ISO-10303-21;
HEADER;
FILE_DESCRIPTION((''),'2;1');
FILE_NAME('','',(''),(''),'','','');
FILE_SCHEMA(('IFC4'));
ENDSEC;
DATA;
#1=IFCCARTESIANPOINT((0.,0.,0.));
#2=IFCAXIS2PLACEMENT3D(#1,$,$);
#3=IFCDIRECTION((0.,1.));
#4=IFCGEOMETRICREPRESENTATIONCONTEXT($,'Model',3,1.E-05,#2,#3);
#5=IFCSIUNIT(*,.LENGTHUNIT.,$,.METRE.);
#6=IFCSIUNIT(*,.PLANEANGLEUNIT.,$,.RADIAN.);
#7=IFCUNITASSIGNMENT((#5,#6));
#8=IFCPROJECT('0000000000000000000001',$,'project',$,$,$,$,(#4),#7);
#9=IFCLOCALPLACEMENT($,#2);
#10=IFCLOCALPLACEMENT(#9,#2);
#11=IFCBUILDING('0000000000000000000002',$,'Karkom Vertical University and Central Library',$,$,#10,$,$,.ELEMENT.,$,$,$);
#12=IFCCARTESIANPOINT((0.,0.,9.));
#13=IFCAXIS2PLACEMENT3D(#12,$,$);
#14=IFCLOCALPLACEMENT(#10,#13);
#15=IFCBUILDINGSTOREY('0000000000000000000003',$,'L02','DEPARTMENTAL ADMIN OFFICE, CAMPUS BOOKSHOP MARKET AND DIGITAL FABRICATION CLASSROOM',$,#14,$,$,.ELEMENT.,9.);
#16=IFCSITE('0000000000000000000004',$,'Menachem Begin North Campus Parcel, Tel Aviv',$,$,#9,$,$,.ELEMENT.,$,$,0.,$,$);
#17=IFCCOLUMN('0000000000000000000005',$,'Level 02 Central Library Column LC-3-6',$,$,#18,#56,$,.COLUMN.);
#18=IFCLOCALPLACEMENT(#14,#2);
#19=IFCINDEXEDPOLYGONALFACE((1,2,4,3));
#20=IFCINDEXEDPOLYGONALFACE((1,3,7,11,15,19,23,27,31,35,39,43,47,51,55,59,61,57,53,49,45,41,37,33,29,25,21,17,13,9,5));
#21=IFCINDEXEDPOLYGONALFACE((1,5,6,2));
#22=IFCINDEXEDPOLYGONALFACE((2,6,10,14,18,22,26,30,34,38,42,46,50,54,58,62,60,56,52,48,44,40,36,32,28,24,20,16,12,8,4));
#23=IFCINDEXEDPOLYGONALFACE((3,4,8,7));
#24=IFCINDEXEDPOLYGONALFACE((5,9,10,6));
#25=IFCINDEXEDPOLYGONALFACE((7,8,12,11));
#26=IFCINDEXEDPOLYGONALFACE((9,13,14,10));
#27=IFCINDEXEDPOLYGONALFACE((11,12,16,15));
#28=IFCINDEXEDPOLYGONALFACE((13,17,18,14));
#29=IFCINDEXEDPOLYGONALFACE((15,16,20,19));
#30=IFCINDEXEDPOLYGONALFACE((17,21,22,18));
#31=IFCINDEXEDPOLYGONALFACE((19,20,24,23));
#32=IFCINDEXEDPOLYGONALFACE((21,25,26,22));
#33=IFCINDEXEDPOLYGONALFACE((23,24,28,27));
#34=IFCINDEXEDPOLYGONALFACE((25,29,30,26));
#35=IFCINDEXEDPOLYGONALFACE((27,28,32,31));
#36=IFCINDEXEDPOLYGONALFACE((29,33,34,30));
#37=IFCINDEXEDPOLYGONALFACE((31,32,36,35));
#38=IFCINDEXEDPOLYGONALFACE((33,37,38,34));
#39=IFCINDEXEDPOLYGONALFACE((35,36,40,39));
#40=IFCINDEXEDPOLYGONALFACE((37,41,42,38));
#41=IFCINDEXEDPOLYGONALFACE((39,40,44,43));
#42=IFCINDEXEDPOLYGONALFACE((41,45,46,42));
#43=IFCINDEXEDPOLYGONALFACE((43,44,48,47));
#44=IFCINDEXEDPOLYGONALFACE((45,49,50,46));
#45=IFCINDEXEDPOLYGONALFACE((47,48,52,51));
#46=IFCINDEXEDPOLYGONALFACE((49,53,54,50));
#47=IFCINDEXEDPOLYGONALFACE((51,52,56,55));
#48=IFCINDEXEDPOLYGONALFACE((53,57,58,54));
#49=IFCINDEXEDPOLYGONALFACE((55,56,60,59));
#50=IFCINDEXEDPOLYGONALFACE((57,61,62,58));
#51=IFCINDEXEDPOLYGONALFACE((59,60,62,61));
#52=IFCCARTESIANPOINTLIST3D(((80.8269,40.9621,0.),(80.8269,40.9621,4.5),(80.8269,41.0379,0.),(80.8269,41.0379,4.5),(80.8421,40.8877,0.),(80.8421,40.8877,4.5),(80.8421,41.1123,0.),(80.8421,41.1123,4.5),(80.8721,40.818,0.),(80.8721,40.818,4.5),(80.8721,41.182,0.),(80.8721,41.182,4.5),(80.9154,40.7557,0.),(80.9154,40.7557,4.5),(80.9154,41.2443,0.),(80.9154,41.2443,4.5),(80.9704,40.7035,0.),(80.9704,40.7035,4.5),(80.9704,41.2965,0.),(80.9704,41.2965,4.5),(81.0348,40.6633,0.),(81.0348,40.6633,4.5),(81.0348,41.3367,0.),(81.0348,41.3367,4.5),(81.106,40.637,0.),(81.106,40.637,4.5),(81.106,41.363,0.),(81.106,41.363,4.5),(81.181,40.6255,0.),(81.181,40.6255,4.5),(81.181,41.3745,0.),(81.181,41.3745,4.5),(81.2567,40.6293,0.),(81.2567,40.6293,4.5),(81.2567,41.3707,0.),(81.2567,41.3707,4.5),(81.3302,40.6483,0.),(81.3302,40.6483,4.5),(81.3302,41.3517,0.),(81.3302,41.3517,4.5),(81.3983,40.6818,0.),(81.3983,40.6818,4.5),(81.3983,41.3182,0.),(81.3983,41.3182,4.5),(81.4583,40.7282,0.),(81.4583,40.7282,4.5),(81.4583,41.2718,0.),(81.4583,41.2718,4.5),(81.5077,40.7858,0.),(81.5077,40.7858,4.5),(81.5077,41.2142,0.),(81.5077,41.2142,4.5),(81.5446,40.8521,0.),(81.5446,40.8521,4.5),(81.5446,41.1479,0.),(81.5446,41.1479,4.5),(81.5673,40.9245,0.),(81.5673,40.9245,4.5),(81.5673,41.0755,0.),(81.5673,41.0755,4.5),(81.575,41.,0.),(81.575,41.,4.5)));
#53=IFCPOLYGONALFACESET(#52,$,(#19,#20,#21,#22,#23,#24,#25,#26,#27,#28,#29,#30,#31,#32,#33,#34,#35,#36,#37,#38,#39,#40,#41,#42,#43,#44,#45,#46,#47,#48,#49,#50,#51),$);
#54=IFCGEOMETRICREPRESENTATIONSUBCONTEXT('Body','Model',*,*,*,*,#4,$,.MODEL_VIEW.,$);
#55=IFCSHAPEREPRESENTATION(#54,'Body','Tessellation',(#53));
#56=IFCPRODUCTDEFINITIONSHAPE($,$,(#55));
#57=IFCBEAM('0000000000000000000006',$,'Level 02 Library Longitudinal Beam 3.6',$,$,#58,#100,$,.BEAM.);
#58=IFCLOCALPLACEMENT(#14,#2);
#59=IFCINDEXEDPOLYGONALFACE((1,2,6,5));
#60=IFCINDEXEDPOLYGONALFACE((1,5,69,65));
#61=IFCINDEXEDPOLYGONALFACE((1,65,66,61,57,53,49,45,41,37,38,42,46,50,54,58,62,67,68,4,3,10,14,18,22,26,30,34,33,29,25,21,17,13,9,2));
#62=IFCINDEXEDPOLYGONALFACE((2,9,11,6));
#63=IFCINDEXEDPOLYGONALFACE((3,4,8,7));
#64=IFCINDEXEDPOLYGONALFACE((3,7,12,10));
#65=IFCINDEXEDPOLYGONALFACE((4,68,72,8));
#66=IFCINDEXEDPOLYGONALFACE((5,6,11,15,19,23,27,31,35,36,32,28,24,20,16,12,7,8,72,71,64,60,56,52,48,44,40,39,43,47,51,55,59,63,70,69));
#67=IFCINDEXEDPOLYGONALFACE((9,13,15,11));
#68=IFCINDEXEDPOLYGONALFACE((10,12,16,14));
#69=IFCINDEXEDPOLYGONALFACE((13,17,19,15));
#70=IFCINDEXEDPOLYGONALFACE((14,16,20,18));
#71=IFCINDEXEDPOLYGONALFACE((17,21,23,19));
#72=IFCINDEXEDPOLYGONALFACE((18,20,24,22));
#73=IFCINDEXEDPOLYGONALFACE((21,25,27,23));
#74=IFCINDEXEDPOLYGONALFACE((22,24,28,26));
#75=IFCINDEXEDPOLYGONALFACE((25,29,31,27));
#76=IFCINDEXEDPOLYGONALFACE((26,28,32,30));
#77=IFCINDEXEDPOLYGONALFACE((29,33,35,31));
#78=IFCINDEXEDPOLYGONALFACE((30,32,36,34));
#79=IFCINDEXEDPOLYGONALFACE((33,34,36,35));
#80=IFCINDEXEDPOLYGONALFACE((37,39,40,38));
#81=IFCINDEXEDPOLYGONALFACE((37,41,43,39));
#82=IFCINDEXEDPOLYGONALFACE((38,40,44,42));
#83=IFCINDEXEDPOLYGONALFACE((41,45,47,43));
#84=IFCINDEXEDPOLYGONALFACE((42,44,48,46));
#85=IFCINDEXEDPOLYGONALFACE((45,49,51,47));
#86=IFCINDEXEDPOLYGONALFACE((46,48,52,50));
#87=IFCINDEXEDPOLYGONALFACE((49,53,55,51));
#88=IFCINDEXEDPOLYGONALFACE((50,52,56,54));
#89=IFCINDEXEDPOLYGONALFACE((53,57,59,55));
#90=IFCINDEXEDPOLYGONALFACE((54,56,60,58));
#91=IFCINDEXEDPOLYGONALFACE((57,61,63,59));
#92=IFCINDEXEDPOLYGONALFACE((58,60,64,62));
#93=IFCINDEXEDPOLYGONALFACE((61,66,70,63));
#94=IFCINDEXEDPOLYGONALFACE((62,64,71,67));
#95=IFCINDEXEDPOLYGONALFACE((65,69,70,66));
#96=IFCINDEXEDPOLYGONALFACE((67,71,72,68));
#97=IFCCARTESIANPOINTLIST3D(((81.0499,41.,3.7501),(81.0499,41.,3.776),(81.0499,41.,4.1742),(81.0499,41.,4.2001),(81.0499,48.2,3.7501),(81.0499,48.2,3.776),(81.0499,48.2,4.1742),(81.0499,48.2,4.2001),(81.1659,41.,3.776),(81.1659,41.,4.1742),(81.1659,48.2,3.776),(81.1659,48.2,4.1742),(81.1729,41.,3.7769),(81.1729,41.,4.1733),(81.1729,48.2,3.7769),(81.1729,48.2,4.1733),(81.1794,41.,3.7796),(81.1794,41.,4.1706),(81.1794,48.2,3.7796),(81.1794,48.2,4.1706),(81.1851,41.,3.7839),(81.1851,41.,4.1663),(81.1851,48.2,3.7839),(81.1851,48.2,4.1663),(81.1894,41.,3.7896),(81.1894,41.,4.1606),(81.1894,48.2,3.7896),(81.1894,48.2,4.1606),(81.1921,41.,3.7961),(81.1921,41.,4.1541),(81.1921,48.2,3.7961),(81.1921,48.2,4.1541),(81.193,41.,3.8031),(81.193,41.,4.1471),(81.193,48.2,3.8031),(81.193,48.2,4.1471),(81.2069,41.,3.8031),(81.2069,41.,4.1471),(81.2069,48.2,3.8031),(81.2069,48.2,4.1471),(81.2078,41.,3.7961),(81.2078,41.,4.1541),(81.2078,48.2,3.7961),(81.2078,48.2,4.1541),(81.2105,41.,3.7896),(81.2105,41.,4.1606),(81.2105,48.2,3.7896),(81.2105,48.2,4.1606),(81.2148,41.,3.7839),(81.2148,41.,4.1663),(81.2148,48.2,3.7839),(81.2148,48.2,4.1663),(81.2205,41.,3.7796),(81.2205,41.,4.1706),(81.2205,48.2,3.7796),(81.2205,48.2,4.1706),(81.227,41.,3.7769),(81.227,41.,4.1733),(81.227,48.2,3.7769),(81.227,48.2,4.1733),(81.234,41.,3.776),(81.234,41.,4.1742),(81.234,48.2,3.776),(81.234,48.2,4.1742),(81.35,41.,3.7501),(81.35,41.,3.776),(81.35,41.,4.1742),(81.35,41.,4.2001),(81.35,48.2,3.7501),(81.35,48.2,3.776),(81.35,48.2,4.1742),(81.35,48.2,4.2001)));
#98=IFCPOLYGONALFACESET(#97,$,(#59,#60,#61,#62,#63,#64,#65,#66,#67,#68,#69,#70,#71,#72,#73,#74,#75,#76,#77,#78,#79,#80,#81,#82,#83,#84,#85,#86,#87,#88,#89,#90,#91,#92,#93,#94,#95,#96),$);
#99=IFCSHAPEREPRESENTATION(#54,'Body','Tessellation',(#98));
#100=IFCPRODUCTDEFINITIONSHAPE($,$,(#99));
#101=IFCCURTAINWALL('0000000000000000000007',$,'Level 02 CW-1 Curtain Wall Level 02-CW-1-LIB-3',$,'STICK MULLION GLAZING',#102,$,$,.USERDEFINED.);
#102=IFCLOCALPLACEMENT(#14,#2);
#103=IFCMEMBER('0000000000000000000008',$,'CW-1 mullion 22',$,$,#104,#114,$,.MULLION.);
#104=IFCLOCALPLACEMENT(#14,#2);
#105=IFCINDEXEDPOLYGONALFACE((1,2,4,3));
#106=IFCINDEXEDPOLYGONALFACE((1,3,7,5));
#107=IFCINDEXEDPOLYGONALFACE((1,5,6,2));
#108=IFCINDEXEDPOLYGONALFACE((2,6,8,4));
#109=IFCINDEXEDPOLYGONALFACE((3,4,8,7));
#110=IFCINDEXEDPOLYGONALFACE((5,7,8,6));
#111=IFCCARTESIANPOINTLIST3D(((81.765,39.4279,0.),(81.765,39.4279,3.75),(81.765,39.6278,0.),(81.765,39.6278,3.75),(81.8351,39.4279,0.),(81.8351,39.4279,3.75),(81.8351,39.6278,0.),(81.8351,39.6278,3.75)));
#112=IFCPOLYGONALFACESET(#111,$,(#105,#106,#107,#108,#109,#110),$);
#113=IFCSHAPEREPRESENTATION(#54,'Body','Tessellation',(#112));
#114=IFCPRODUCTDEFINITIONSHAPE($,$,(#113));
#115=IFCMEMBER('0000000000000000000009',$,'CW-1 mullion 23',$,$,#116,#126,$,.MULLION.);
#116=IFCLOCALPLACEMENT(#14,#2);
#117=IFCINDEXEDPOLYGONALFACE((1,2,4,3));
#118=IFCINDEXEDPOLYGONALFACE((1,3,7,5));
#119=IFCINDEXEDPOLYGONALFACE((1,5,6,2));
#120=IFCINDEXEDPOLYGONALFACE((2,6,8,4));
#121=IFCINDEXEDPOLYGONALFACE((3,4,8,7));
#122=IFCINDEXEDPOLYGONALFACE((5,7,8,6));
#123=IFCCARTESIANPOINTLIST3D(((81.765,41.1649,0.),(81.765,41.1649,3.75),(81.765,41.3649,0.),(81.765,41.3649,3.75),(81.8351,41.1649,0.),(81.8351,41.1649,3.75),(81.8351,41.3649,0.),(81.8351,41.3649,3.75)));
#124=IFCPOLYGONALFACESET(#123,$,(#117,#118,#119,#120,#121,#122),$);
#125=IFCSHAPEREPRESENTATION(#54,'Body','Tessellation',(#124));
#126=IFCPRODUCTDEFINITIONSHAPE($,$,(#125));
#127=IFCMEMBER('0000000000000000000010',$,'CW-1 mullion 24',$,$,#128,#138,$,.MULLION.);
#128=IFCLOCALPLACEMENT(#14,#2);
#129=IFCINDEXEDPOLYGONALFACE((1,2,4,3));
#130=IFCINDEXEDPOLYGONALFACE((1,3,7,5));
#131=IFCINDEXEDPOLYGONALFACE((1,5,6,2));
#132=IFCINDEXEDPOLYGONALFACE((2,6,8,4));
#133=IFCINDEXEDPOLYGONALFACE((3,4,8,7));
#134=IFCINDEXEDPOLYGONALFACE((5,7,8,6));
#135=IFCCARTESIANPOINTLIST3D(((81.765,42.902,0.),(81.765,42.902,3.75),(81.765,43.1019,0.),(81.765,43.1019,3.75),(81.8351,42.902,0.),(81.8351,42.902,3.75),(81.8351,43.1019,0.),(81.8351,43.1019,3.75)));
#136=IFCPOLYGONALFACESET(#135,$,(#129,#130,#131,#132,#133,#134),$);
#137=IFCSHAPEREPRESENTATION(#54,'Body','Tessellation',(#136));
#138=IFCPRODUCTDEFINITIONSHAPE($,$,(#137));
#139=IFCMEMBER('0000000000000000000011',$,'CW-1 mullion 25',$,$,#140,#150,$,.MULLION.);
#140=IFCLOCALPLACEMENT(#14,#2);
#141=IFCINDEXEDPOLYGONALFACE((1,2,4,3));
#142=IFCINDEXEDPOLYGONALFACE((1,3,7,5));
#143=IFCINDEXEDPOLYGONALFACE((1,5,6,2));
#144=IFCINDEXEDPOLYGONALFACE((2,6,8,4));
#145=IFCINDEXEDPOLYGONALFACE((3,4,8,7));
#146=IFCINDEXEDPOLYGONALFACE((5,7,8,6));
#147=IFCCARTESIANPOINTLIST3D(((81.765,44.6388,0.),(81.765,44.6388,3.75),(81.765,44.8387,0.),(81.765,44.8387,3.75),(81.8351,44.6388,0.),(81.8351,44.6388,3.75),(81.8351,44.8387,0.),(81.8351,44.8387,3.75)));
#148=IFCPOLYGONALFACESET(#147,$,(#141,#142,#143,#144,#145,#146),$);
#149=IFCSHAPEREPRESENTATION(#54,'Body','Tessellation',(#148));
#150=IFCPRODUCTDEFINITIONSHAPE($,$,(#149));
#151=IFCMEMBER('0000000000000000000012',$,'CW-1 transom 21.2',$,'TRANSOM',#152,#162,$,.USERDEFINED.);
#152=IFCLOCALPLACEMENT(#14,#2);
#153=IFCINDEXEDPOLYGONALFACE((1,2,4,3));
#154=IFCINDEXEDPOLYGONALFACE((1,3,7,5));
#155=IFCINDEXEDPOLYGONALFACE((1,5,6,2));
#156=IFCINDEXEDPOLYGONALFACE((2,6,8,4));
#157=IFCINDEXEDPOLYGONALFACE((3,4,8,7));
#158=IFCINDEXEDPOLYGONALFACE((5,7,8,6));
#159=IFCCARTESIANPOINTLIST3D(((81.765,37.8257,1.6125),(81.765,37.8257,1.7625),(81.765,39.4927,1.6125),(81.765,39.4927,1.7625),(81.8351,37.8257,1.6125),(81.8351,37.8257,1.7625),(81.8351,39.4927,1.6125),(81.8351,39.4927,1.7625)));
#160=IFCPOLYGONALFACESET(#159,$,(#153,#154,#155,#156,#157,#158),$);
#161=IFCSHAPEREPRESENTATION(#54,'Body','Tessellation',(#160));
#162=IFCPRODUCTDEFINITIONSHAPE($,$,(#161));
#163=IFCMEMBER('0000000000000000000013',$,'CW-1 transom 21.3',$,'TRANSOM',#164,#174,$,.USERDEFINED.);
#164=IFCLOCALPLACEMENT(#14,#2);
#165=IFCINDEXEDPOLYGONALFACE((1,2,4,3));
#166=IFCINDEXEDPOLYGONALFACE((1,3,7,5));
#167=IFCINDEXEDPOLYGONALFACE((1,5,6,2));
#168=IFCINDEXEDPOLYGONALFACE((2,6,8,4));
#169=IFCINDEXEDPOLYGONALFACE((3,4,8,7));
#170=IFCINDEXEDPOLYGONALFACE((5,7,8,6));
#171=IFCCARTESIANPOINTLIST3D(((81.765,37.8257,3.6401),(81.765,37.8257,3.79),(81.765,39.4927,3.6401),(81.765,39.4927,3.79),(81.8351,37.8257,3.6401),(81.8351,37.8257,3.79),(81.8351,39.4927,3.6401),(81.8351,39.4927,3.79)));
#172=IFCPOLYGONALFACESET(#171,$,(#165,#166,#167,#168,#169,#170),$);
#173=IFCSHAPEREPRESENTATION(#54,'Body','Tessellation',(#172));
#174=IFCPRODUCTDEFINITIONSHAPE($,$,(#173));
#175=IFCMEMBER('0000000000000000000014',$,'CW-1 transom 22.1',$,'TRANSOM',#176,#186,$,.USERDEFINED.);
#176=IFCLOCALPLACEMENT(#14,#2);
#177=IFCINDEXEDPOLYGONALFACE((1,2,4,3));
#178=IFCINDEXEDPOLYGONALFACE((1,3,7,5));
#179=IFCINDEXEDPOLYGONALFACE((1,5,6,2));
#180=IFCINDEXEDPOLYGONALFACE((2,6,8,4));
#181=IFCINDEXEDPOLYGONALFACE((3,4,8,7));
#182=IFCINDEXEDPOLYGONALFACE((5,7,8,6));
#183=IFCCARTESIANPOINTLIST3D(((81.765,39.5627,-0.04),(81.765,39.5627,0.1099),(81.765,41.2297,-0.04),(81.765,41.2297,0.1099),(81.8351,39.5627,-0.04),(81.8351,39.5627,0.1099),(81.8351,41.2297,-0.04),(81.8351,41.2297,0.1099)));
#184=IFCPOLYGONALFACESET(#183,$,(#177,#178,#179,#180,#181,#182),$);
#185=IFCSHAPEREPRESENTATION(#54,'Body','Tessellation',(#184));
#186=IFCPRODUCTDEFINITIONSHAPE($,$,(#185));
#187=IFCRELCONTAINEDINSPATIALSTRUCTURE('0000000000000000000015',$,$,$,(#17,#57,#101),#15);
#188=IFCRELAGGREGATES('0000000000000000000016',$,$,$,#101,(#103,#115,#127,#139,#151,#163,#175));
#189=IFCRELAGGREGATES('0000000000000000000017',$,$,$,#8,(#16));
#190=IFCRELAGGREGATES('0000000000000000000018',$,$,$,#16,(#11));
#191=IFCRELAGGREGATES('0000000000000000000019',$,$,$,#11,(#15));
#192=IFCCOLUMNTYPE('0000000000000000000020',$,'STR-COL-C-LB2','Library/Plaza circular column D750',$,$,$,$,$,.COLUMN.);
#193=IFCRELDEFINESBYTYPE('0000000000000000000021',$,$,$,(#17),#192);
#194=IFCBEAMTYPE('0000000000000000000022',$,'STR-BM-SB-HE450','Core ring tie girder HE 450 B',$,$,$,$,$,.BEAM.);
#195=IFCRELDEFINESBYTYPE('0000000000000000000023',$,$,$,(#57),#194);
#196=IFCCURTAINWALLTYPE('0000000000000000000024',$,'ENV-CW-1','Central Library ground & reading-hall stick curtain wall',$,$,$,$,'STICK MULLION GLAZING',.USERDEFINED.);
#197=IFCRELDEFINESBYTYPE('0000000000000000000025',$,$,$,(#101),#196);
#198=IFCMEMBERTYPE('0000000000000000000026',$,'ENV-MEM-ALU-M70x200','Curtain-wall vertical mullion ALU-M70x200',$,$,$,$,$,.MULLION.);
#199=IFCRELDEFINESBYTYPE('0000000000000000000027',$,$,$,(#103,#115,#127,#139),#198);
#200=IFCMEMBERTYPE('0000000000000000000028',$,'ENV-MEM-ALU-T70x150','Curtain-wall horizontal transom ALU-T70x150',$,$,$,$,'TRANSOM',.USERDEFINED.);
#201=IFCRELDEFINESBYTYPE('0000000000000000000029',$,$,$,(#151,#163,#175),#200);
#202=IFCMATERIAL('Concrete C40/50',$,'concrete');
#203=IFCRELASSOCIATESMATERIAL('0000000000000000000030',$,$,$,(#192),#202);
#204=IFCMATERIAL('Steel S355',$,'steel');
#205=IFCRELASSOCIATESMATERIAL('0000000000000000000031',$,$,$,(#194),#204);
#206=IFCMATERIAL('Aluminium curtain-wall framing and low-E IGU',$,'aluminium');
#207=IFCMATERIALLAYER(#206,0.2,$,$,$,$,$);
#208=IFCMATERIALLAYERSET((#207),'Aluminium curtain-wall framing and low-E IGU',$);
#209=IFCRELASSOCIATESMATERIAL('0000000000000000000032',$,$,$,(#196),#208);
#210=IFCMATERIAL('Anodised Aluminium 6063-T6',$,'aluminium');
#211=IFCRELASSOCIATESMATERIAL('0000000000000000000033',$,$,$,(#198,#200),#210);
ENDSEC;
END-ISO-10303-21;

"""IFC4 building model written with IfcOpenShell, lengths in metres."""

from ifc_helpers import new_model, si_unit, direction, frame, origin, origin_with_axes, origin_2d, place, context, subcontext, project, spatial, rectangle, circle, i_section, extrude, source, transform, mapped, material, layer, layer_set, material_profile, profile_set, type_object, element, aggregate, save


model = new_model("IFC4")

# Units and contexts
model_context = context("Model", 3, precision=1e-05, world=origin(), true_north=direction((0.0, 1.0)))
body_context = subcontext(model_context, "Body", "Model", "MODEL_VIEW")
ifc_project = project(units=[si_unit("LENGTHUNIT", "METRE"), si_unit("PLANEANGLEUNIT", "RADIAN")], contexts=[model_context])

# Site, building, storey
site_placement = place(None, origin())
site = spatial("IfcSite", under=ifc_project, at=site_placement, Name="Menachem Begin North Campus Parcel, Tel Aviv", CompositionType="ELEMENT", RefElevation=0.0)
building_placement = place(site_placement, origin())
building = spatial("IfcBuilding", under=site, at=building_placement, Name="Karkom Vertical University and Central Library", CompositionType="ELEMENT")
storey_placement = place(building_placement, frame((0.0, 0.0, 9.0)))
storey = spatial("IfcBuildingStorey", under=building, at=storey_placement, Name="L02", Description="DEPARTMENTAL ADMIN OFFICE, CAMPUS BOOKSHOP MARKET AND DIGITAL FABRICATION CLASSROOM", CompositionType="ELEMENT", Elevation=9.0)

# Column
ifc_material_1 = material(Name="Concrete C40/50", Category="concrete")
ifc_material_profile_1 = material_profile(ifc_material_1, circle(Radius=0.375, at=origin_2d()), Name="RC-D750")
ifc_profile_set_1 = profile_set([ifc_material_profile_1], Name="Concrete C40/50")
column_type = type_object("IfcColumnType", Name="STR-COL-C-LB2", Description="Library/Plaza circular column D750", PredefinedType="COLUMN", material=ifc_profile_set_1)
shared_shape_1 = source(origin_with_axes(), body_context, "Body", "SweptSolid", [
    extrude(circle(Radius=0.375, at=origin_2d()), origin(), (0.0, 0.0, 1.0), 4.5),
])
column_placement = place(storey_placement, frame((81.2, 41.0, 0.0), z_axis=(0.0, 0.0, 1.0), x_axis=(1.0, 0.0, 0.0)))
element("IfcColumn", 1, at=column_placement, inside=storey, type_object=column_type, Name="Level 02 Central Library Column LC-3-6", PredefinedType="COLUMN", context=body_context, shape_type="MappedRepresentation", body=[
    mapped(shared_shape_1, transform((0.0, 0.0, 0.0), scale=1.0)),
])

# Beam
ifc_material_2 = material(Name="Steel S355", Category="steel")
ifc_material_profile_2 = material_profile(ifc_material_2, i_section(OverallWidth=0.3, OverallDepth=0.45, WebThickness=0.0139, FlangeThickness=0.0259, FilletRadius=0.0271, at=origin_2d()), Name="HE 450 B")
ifc_profile_set_2 = profile_set([ifc_material_profile_2], Name="Steel S355")
beam_type = type_object("IfcBeamType", Name="STR-BM-SB-HE450", Description="Core ring tie girder HE 450 B", PredefinedType="BEAM", material=ifc_profile_set_2)
shared_shape_2 = source(origin_with_axes(), body_context, "Body", "SweptSolid", [
    extrude(i_section(OverallWidth=0.3, OverallDepth=0.45, WebThickness=0.0139, FlangeThickness=0.0259, FilletRadius=0.0271, at=origin_2d()), origin(), (0.0, 0.0, 1.0), 7.2),
])
beam_placement = place(storey_placement, frame((81.2, 41.0, 3.9751), z_axis=(0.0, 1.0, 0.0), x_axis=(-1.0, 0.0, 0.0)))
element("IfcBeam", 2, at=beam_placement, inside=storey, type_object=beam_type, Name="Level 02 Library Longitudinal Beam 3.6", PredefinedType="BEAM", context=body_context, shape_type="MappedRepresentation", body=[
    mapped(shared_shape_2, transform((0.0, 0.0, 0.0), scale=1.0)),
])

# Curtain wall, members
ifc_material_3 = material(Name="Aluminium curtain-wall framing and low-E IGU", Category="aluminium")
ifc_layer_1 = layer(ifc_material_3, 0.2)
ifc_layer_set_1 = layer_set([ifc_layer_1], Name="Aluminium curtain-wall framing and low-E IGU")
curtain_wall_type = type_object("IfcCurtainWallType", Name="ENV-CW-1", Description="Central Library ground & reading-hall stick curtain wall", ElementType="STICK MULLION GLAZING", PredefinedType="USERDEFINED", material=ifc_layer_set_1)
curtain_wall_placement = place(storey_placement, origin())
curtain_wall = element("IfcCurtainWall", 3, at=curtain_wall_placement, inside=storey, type_object=curtain_wall_type, Name="Level 02 CW-1 Curtain Wall Level 02-CW-1-LIB-3", ObjectType="STICK MULLION GLAZING", PredefinedType="USERDEFINED")
ifc_material_4 = material(Name="Anodised Aluminium 6063-T6", Category="aluminium")
ifc_material_profile_3 = material_profile(ifc_material_4, rectangle(XDim=0.0701, YDim=0.2, at=origin_2d()), Name="ALU-M70x200")
ifc_profile_set_3 = profile_set([ifc_material_profile_3], Name="Anodised Aluminium 6063-T6")
member_type_1 = type_object("IfcMemberType", Name="ENV-MEM-ALU-M70x200", Description="Curtain-wall vertical mullion ALU-M70x200", PredefinedType="MULLION", material=ifc_profile_set_3)
shared_shape_3 = source(origin_with_axes(), body_context, "Body", "SweptSolid", [
    extrude(rectangle(XDim=0.0701, YDim=0.2, at=origin_2d()), origin(), (0.0, 0.0, 1.0), 3.75),
])
member_1_placement = place(storey_placement, frame((81.8, 39.5278, 0.0), z_axis=(0.0, 0.0, 1.0), x_axis=(-1.0, 0.0, 0.0)))
member_1 = element("IfcMember", 4, at=member_1_placement, type_object=member_type_1, Name="CW-1 mullion 22", PredefinedType="MULLION", context=body_context, shape_type="MappedRepresentation", body=[
    mapped(shared_shape_3, transform((0.0, 0.0, 0.0), scale=1.0)),
])
member_2_placement = place(storey_placement, frame((81.8, 41.2649, 0.0), z_axis=(0.0, 0.0, 1.0), x_axis=(-1.0, 0.0, 0.0)))
member_2 = element("IfcMember", 5, at=member_2_placement, type_object=member_type_1, Name="CW-1 mullion 23", PredefinedType="MULLION", context=body_context, shape_type="MappedRepresentation", body=[
    mapped(shared_shape_3, transform((0.0, 0.0, 0.0), scale=1.0)),
])
member_3_placement = place(storey_placement, frame((81.8, 43.002, 0.0), z_axis=(0.0, 0.0, 1.0), x_axis=(-1.0, 0.0, 0.0)))
member_3 = element("IfcMember", 6, at=member_3_placement, type_object=member_type_1, Name="CW-1 mullion 24", PredefinedType="MULLION", context=body_context, shape_type="MappedRepresentation", body=[
    mapped(shared_shape_3, transform((0.0, 0.0, 0.0), scale=1.0)),
])
member_4_placement = place(storey_placement, frame((81.8, 44.7388, 0.0), z_axis=(0.0, 0.0, 1.0), x_axis=(-1.0, 0.0, 0.0)))
member_4 = element("IfcMember", 7, at=member_4_placement, type_object=member_type_1, Name="CW-1 mullion 25", PredefinedType="MULLION", context=body_context, shape_type="MappedRepresentation", body=[
    mapped(shared_shape_3, transform((0.0, 0.0, 0.0), scale=1.0)),
])
ifc_material_profile_4 = material_profile(ifc_material_4, rectangle(XDim=0.0701, YDim=0.1499, at=origin_2d()), Name="ALU-T70x150")
ifc_profile_set_4 = profile_set([ifc_material_profile_4], Name="Anodised Aluminium 6063-T6")
member_type_2 = type_object("IfcMemberType", Name="ENV-MEM-ALU-T70x150", Description="Curtain-wall horizontal transom ALU-T70x150", ElementType="TRANSOM", PredefinedType="USERDEFINED", material=ifc_profile_set_4)
shared_shape_4 = source(origin_with_axes(), body_context, "Body", "SweptSolid", [
    extrude(rectangle(XDim=0.0701, YDim=0.1499, at=origin_2d()), origin(), (0.0, 0.0, 1.0), 1.667),
])
member_5_placement = place(storey_placement, frame((81.8, 37.8257, 1.6875), z_axis=(0.0, 1.0, 0.0), x_axis=(-1.0, 0.0, 0.0)))
member_5 = element("IfcMember", 8, at=member_5_placement, type_object=member_type_2, Name="CW-1 transom 21.2", ObjectType="TRANSOM", PredefinedType="USERDEFINED", context=body_context, shape_type="MappedRepresentation", body=[
    mapped(shared_shape_4, transform((0.0, 0.0, 0.0), scale=1.0)),
])
member_6_placement = place(storey_placement, frame((81.8, 37.8257, 3.7151), z_axis=(0.0, 1.0, 0.0), x_axis=(-1.0, 0.0, 0.0)))
member_6 = element("IfcMember", 9, at=member_6_placement, type_object=member_type_2, Name="CW-1 transom 21.3", ObjectType="TRANSOM", PredefinedType="USERDEFINED", context=body_context, shape_type="MappedRepresentation", body=[
    mapped(shared_shape_4, transform((0.0, 0.0, 0.0), scale=1.0)),
])
member_7_placement = place(storey_placement, frame((81.8, 39.5627, 0.0349), z_axis=(0.0, 1.0, 0.0), x_axis=(-1.0, 0.0, 0.0)))
member_7 = element("IfcMember", 10, at=member_7_placement, type_object=member_type_2, Name="CW-1 transom 22.1", ObjectType="TRANSOM", PredefinedType="USERDEFINED", context=body_context, shape_type="MappedRepresentation", body=[
    mapped(shared_shape_4, transform((0.0, 0.0, 0.0), scale=1.0)),
])
aggregate(curtain_wall, [member_1, member_2, member_3, member_4, member_5, member_6, member_7])

save(model, "model.ifc")
